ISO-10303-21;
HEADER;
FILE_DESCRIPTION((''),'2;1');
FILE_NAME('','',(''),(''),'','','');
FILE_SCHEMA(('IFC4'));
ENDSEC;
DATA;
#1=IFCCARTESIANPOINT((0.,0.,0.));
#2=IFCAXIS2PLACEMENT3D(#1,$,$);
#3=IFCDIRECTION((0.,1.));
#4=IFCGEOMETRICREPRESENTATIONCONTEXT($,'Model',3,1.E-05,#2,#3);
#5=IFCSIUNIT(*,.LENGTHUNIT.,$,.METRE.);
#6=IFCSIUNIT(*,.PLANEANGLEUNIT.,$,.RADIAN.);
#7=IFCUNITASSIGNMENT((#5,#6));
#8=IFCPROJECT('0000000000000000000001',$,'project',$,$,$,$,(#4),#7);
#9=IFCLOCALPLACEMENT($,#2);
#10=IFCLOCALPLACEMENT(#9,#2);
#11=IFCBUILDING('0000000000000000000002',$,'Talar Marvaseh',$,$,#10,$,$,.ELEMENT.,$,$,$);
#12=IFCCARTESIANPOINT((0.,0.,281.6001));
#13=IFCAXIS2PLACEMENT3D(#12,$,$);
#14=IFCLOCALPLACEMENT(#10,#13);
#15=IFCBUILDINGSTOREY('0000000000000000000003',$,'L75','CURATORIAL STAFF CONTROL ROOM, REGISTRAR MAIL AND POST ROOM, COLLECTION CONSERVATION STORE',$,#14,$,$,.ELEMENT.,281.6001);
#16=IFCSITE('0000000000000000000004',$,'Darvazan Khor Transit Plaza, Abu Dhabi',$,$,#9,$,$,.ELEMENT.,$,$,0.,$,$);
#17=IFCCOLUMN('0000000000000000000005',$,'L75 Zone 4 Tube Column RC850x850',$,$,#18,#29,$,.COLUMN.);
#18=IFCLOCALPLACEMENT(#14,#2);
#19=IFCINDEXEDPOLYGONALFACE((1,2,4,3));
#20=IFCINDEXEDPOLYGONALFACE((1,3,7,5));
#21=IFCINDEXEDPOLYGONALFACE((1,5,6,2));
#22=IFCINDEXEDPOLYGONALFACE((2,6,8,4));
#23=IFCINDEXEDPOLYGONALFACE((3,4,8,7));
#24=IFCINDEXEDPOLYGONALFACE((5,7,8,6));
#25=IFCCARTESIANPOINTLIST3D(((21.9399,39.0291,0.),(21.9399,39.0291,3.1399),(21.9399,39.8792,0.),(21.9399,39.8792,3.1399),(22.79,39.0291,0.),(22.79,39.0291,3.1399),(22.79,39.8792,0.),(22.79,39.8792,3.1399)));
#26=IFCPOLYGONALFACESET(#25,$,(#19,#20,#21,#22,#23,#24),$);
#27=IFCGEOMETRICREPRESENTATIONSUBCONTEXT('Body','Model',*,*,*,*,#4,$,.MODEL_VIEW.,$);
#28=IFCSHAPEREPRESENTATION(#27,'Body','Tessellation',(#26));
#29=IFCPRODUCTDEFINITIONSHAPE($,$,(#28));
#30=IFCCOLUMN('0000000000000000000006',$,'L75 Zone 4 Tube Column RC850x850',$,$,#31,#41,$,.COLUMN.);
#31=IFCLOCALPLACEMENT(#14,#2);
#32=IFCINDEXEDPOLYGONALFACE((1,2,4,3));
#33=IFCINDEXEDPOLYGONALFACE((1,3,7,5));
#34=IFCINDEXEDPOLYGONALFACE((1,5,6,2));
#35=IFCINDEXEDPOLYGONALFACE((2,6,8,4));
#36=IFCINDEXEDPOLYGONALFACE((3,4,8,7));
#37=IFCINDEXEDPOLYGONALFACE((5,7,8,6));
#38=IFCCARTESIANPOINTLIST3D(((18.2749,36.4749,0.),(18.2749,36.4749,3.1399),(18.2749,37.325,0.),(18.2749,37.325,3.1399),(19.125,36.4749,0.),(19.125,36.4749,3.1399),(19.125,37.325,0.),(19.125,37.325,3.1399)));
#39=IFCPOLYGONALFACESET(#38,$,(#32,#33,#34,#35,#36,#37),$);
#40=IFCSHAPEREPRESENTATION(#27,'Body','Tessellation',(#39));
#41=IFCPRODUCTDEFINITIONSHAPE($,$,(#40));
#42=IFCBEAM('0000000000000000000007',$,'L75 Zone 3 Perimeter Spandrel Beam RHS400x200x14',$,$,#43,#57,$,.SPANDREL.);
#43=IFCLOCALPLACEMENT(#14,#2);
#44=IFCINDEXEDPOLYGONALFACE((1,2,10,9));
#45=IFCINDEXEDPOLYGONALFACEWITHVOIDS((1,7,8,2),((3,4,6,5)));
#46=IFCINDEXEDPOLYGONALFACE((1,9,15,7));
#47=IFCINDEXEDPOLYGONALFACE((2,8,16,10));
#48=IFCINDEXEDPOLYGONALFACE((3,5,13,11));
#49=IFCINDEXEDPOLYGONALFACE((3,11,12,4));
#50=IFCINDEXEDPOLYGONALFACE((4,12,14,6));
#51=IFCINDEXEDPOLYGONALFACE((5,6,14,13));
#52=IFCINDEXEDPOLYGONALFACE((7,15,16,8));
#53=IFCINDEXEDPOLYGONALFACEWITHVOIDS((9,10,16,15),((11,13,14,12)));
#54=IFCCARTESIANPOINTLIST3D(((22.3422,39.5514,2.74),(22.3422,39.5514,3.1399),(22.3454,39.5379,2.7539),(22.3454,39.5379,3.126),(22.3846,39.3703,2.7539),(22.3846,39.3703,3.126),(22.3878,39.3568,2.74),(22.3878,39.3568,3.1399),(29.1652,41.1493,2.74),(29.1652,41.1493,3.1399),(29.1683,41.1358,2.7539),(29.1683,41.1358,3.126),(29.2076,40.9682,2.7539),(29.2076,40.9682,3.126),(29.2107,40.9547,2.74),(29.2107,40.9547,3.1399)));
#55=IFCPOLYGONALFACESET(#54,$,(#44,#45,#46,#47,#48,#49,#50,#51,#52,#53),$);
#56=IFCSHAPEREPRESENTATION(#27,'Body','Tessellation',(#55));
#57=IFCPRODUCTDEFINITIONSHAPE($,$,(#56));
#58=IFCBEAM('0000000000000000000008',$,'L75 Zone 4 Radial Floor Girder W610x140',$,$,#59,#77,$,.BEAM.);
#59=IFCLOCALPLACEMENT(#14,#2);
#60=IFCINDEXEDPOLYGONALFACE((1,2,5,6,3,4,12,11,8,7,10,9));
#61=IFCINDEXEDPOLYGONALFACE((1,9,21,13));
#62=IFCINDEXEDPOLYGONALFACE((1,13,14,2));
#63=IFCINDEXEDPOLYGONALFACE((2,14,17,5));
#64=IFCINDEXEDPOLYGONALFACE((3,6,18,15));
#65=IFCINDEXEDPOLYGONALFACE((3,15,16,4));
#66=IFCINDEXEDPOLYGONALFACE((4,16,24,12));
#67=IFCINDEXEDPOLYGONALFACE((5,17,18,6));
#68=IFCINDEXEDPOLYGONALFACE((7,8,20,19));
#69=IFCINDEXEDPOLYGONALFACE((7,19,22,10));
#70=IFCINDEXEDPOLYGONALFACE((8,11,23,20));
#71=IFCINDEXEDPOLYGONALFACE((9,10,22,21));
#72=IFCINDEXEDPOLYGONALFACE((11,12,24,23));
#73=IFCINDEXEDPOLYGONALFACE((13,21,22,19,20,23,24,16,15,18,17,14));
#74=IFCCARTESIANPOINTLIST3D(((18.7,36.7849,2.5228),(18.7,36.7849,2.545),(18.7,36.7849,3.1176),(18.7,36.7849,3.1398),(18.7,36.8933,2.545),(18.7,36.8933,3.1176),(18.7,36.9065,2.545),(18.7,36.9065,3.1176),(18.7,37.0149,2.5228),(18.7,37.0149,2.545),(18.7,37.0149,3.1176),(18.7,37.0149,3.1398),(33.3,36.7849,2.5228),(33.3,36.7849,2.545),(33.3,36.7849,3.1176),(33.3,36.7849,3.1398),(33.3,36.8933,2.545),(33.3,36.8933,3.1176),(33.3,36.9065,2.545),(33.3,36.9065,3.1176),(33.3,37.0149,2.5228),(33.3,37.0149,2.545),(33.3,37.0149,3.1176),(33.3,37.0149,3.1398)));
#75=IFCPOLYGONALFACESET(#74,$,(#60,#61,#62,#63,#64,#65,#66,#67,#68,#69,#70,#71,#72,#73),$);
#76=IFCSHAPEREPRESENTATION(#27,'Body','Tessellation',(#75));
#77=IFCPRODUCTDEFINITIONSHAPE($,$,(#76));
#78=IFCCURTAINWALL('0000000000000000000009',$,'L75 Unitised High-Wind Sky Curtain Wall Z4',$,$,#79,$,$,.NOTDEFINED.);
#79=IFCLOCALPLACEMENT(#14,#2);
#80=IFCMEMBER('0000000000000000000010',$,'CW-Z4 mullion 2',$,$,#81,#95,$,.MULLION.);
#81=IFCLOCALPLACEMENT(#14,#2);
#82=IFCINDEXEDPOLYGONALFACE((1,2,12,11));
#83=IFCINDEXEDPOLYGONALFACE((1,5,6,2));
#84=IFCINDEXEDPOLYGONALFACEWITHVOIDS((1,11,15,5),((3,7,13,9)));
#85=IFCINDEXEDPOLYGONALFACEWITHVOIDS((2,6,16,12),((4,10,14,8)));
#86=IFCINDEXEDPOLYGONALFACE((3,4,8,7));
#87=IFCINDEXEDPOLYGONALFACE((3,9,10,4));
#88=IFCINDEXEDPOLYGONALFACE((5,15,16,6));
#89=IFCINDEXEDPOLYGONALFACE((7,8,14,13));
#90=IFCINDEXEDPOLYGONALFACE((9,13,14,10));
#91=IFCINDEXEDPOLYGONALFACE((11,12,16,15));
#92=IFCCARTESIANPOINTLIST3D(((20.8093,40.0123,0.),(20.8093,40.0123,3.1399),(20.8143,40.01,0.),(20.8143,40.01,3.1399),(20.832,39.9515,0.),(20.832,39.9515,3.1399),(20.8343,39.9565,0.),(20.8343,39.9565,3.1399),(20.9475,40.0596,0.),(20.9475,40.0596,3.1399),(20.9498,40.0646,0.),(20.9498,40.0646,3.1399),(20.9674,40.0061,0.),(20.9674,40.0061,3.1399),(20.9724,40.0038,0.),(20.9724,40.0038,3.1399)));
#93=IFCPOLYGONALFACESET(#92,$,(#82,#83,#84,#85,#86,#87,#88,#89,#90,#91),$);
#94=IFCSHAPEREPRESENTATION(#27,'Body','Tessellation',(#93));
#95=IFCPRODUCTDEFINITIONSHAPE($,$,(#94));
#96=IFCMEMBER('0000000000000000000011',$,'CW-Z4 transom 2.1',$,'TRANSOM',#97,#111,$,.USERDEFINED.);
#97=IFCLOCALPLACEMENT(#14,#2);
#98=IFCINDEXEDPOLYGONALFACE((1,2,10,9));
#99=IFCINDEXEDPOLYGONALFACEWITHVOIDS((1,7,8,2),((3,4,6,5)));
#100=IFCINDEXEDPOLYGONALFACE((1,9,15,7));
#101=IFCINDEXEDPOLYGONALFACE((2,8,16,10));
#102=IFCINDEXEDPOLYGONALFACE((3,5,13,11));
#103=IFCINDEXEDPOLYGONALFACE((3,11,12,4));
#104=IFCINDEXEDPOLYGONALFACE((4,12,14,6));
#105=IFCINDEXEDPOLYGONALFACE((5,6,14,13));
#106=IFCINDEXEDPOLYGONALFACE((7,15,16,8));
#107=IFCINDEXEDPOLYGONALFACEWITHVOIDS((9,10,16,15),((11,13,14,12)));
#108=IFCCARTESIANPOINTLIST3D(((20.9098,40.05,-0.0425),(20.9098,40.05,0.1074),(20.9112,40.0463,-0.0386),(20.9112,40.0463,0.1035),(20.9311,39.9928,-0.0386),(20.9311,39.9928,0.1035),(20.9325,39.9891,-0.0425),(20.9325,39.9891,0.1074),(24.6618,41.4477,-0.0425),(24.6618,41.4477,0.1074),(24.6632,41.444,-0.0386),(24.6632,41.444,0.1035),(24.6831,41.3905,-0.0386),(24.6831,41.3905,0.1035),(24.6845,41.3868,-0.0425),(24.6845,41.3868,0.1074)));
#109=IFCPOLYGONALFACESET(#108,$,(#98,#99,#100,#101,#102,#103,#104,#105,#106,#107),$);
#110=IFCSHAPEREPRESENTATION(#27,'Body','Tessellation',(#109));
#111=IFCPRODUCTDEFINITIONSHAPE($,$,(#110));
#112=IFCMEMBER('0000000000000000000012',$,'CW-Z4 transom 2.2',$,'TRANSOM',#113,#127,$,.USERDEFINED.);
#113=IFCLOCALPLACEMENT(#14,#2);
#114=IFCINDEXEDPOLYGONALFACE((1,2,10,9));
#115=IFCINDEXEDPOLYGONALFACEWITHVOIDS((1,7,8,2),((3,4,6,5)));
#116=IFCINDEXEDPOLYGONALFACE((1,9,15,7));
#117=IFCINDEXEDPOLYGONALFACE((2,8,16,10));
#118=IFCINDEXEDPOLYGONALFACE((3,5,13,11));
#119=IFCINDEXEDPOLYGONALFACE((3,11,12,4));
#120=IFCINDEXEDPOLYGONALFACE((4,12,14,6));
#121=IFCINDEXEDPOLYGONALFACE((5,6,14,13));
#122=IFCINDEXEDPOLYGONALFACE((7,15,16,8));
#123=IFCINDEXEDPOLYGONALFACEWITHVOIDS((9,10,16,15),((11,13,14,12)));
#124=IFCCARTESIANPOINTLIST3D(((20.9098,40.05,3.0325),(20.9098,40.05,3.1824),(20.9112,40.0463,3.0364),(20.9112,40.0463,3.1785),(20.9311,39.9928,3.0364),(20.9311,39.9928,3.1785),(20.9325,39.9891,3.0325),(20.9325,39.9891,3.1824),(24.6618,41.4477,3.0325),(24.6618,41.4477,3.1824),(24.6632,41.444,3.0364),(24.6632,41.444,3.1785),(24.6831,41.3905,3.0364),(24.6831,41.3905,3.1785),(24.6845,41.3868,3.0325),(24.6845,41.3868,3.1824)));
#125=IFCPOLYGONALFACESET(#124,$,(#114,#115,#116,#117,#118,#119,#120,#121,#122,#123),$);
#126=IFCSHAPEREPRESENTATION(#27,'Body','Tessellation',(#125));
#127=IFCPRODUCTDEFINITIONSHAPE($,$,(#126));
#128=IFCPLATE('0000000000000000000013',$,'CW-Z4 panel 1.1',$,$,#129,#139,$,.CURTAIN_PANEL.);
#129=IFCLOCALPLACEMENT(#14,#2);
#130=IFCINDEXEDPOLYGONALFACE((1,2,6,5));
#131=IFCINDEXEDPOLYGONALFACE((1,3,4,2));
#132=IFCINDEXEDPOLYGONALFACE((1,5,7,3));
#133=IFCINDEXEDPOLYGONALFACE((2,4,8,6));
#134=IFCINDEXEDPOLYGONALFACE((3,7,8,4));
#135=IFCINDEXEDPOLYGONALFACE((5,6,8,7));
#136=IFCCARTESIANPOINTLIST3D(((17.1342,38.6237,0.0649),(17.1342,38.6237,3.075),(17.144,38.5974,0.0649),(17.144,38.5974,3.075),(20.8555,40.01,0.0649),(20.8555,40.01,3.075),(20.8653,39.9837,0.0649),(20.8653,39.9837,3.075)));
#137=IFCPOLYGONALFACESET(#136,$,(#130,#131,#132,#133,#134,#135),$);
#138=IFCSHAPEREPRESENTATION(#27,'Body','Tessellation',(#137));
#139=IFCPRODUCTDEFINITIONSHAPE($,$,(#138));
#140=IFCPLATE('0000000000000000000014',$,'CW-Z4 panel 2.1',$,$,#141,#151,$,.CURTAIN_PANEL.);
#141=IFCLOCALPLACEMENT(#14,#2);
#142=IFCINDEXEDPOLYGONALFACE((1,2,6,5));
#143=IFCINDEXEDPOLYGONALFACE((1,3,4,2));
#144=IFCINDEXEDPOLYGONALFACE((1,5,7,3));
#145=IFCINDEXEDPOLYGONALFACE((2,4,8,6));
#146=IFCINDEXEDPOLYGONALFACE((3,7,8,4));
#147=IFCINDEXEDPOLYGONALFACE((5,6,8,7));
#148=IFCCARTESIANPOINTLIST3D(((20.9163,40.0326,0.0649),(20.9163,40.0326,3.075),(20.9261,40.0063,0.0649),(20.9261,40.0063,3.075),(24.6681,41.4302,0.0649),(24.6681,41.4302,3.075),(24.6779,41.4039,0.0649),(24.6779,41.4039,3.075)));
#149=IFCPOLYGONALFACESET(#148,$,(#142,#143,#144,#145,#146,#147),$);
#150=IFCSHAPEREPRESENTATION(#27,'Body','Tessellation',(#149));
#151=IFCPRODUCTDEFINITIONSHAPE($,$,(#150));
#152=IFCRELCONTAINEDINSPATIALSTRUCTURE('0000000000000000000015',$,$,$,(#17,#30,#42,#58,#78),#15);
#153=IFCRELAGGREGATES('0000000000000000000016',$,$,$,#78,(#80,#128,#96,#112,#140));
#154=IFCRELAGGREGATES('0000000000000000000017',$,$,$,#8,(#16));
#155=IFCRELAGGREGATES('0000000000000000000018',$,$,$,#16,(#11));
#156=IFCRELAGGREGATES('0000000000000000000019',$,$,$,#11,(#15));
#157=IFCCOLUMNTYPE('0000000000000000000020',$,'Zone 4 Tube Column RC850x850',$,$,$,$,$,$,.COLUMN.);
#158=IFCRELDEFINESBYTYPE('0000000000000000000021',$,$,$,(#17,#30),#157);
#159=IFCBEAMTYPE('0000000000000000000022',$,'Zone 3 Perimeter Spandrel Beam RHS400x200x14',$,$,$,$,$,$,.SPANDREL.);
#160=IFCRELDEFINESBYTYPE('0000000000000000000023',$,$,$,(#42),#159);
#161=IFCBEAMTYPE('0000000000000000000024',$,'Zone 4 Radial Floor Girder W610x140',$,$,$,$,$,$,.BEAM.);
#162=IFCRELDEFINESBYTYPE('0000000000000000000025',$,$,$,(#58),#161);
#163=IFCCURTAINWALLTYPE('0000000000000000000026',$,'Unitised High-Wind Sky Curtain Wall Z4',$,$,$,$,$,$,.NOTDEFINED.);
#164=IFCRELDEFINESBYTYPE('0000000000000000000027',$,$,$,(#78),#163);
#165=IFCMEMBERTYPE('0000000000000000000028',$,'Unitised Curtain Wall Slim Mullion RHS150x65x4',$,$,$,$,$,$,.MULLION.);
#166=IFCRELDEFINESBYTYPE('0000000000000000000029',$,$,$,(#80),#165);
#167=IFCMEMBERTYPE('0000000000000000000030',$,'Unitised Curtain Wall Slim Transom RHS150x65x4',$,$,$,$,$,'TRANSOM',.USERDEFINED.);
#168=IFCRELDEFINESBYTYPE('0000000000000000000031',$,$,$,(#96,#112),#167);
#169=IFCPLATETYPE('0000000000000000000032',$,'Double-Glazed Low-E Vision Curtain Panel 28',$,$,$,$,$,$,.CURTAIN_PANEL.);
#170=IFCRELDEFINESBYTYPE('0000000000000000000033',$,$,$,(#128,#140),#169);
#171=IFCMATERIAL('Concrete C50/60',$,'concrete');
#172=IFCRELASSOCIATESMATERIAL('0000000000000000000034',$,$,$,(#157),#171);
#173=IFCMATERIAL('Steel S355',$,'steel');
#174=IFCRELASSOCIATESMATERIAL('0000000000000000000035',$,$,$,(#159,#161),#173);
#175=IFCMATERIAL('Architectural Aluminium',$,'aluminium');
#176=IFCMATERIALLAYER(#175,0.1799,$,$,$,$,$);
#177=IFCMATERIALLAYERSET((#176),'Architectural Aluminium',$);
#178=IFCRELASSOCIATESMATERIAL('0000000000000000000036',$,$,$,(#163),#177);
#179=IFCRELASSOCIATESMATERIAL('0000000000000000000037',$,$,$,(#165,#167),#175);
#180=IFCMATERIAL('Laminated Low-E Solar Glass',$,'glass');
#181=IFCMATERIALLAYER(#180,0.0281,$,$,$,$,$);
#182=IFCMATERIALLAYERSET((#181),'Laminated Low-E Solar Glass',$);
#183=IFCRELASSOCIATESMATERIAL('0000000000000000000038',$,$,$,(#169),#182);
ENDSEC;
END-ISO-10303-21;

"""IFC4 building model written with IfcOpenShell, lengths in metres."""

from ifc_helpers import new_model, si_unit, direction, frame, origin, origin_2d, place, context, subcontext, project, spatial, rectangle, hollow_rectangle, i_section, extrude, source, transform, mapped, material, layer, layer_set, material_profile, profile_set, type_object, type_shapes, element, aggregate, save


model = new_model("IFC4")

# Units and contexts
model_context = context("Model", 3, precision=1e-05, world=origin(), true_north=direction((0.0, 1.0)))
body_context = subcontext(model_context, "Body", "Model", "MODEL_VIEW")
ifc_project = project(units=[si_unit("LENGTHUNIT", "METRE"), si_unit("PLANEANGLEUNIT", "RADIAN")], contexts=[model_context])

# Site, building, storey
site_placement = place(None, origin())
site = spatial("IfcSite", under=ifc_project, at=site_placement, Name="Darvazan Khor Transit Plaza, Abu Dhabi", CompositionType="ELEMENT", RefElevation=0.0)
building_placement = place(site_placement, origin())
building = spatial("IfcBuilding", under=site, at=building_placement, Name="Talar Marvaseh", CompositionType="ELEMENT")
storey_placement = place(building_placement, frame((0.0, 0.0, 281.6001)))
storey = spatial("IfcBuildingStorey", under=building, at=storey_placement, Name="L75", Description="CURATORIAL STAFF CONTROL ROOM, REGISTRAR MAIL AND POST ROOM, COLLECTION CONSERVATION STORE", CompositionType="ELEMENT", Elevation=281.6001)

# Columns
ifc_material_1 = material(Name="Concrete C50/60", Category="concrete")
ifc_material_profile_1 = material_profile(ifc_material_1, rectangle(XDim=0.8501, YDim=0.8501, at=origin_2d()), Name="RC850x850")
ifc_profile_set_1 = profile_set([ifc_material_profile_1], Name="Concrete C50/60")
column_type = type_object("IfcColumnType", Name="Zone 4 Tube Column RC850x850", PredefinedType="COLUMN", material=ifc_profile_set_1)
for number, where, z_axis, x_axis, name in (
    (1, (22.365, 39.4541, 0.0), (0.0, 0.0, 1.0), (1.0, 0.0, 0.0), "L75 Zone 4 Tube Column RC850x850"),
    (2, (18.7, 36.8999, 0.0), (0.0, 0.0, 1.0), (1.0, 0.0, 0.0), "L75 Zone 4 Tube Column RC850x850"),
):
    element("IfcColumn", number, at=place(storey_placement, frame(where, z_axis=z_axis, x_axis=x_axis)), inside=storey, type_object=column_type, Name=name, PredefinedType="COLUMN", context=body_context, shape_type="SweptSolid", body=[
        extrude(rectangle(XDim=0.8501, YDim=0.8501, at=origin_2d()), origin(), (0.0, 0.0, 1.0), 3.1399),
    ])

# Beams
ifc_material_2 = material(Name="Steel S355", Category="steel")
ifc_material_profile_2 = material_profile(ifc_material_2, hollow_rectangle(XDim=0.2, YDim=0.3999, WallThickness=0.0139, at=origin_2d()), Name="RHS400x200x14")
ifc_profile_set_2 = profile_set([ifc_material_profile_2], Name="Steel S355")
beam_type_1 = type_object("IfcBeamType", Name="Zone 3 Perimeter Spandrel Beam RHS400x200x14", PredefinedType="SPANDREL", material=ifc_profile_set_2)
beam_1_placement = place(storey_placement, frame((22.365, 39.4541, 2.9399), z_axis=(0.973656, 0.228024, 0.0), x_axis=(-0.228024, 0.973656, 0.0)))
element("IfcBeam", 3, at=beam_1_placement, inside=storey, type_object=beam_type_1, Name="L75 Zone 3 Perimeter Spandrel Beam RHS400x200x14", PredefinedType="SPANDREL", context=body_context, shape_type="SweptSolid", body=[
    extrude(hollow_rectangle(XDim=0.2, YDim=0.3999, WallThickness=0.0139, at=origin_2d()), origin(), (0.0, 0.0, 1.0), 7.0076),
])
ifc_material_profile_3 = material_profile(ifc_material_2, i_section(OverallWidth=0.23, OverallDepth=0.6169, WebThickness=0.0132, FlangeThickness=0.0222, at=origin_2d()), Name="W610x140")
ifc_profile_set_3 = profile_set([ifc_material_profile_3], Name="Steel S355")
beam_type_2 = type_object("IfcBeamType", Name="Zone 4 Radial Floor Girder W610x140", PredefinedType="BEAM", material=ifc_profile_set_3)
beam_2_placement = place(storey_placement, frame((18.7, 36.8999, 2.8313), z_axis=(1.0, 0.0, 0.0), x_axis=(0.0, 1.0, 0.0)))
element("IfcBeam", 4, at=beam_2_placement, inside=storey, type_object=beam_type_2, Name="L75 Zone 4 Radial Floor Girder W610x140", PredefinedType="BEAM", context=body_context, shape_type="SweptSolid", body=[
    extrude(i_section(OverallWidth=0.23, OverallDepth=0.6169, WebThickness=0.0132, FlangeThickness=0.0222, at=origin_2d()), origin(), (0.0, 0.0, 1.0), 14.6001),
])

# Curtain wall, members, plates
ifc_material_3 = material(Name="Architectural Aluminium", Category="aluminium")
ifc_layer_1 = layer(ifc_material_3, 0.1799)
ifc_layer_set_1 = layer_set([ifc_layer_1], Name="Architectural Aluminium")
curtain_wall_type = type_object("IfcCurtainWallType", Name="Unitised High-Wind Sky Curtain Wall Z4", PredefinedType="NOTDEFINED", material=ifc_layer_set_1)
curtain_wall_placement = place(storey_placement, origin())
curtain_wall = element("IfcCurtainWall", 5, at=curtain_wall_placement, inside=storey, type_object=curtain_wall_type, Name="L75 Unitised High-Wind Sky Curtain Wall Z4", PredefinedType="NOTDEFINED")
ifc_material_profile_4 = material_profile(ifc_material_3, hollow_rectangle(XDim=0.0649, YDim=0.1499, WallThickness=0.0039, at=origin_2d()), Name="RHS150x65x4")
ifc_profile_set_4 = profile_set([ifc_material_profile_4], Name="Architectural Aluminium")
member_type_1 = type_object("IfcMemberType", Name="Unitised Curtain Wall Slim Mullion RHS150x65x4", PredefinedType="MULLION", material=ifc_profile_set_4)
shared_shape_1 = source(origin(), body_context, "Body", "SweptSolid", [
    extrude(hollow_rectangle(XDim=0.0649, YDim=0.1499, WallThickness=0.0039, at=origin_2d()), origin(), (0.0, 0.0, 1.0), 3.1399),
])
type_shapes(member_type_1, [shared_shape_1])
member_1_placement = place(storey_placement, frame((20.8909, 40.0081, 0.0), z_axis=(0.0, 0.0, 1.0), x_axis=(-0.349094, 0.937088, 0.0)))
member_1 = element("IfcMember", 6, at=member_1_placement, type_object=member_type_1, Name="CW-Z4 mullion 2", PredefinedType="MULLION", context=body_context, shape_type="MappedRepresentation", body=[
    mapped(shared_shape_1, transform((0.0, 0.0, 0.0), x_axis=(1.0, 0.0, 0.0), y_axis=(0.0, 1.0, 0.0), z_axis=(0.0, 0.0, 1.0), scale=1.0)),
])
ifc_material_profile_5 = material_profile(ifc_material_3, hollow_rectangle(XDim=0.0649, YDim=0.1499, WallThickness=0.0039, at=origin_2d()), Name="RHS150x65x4")
ifc_profile_set_5 = profile_set([ifc_material_profile_5], Name="Architectural Aluminium")
member_type_2 = type_object("IfcMemberType", Name="Unitised Curtain Wall Slim Transom RHS150x65x4", ElementType="TRANSOM", PredefinedType="USERDEFINED", material=ifc_profile_set_5)
shared_shape_2 = source(origin(), body_context, "Body", "SweptSolid", [
    extrude(hollow_rectangle(XDim=0.0649, YDim=0.1499, WallThickness=0.0039, at=origin_2d()), origin(), (0.0, 0.0, 1.0), 4.0039),
])
type_shapes(member_type_2, [shared_shape_2])
member_2_placement = place(storey_placement, frame((20.9211, 40.0195, 0.0325), z_axis=(0.937089, 0.349091, 0.0), x_axis=(-0.349091, 0.937089, 0.0)))
member_2 = element("IfcMember", 7, at=member_2_placement, type_object=member_type_2, Name="CW-Z4 transom 2.1", ObjectType="TRANSOM", PredefinedType="USERDEFINED", context=body_context, shape_type="MappedRepresentation", body=[
    mapped(shared_shape_2, transform((0.0, 0.0, 0.0), x_axis=(1.0, 0.0, 0.0), y_axis=(0.0, 1.0, 0.0), z_axis=(0.0, 0.0, 1.0), scale=1.0)),
])
member_3_placement = place(storey_placement, frame((20.9211, 40.0195, 3.1074), z_axis=(0.937089, 0.349091, 0.0), x_axis=(-0.349091, 0.937089, 0.0)))
member_3 = element("IfcMember", 8, at=member_3_placement, type_object=member_type_2, Name="CW-Z4 transom 2.2", ObjectType="TRANSOM", PredefinedType="USERDEFINED", context=body_context, shape_type="MappedRepresentation", body=[
    mapped(shared_shape_2, transform((0.0, 0.0, 0.0), x_axis=(1.0, 0.0, 0.0), y_axis=(0.0, 1.0, 0.0), z_axis=(0.0, 0.0, 1.0), scale=1.0)),
])
ifc_material_4 = material(Name="Laminated Low-E Solar Glass", Category="glass")
ifc_layer_2 = layer(ifc_material_4, 0.0281)
ifc_layer_set_2 = layer_set([ifc_layer_2], Name="Laminated Low-E Solar Glass")
plate_type = type_object("IfcPlateType", Name="Double-Glazed Low-E Vision Curtain Panel 28", PredefinedType="CURTAIN_PANEL", material=ifc_layer_set_2)
shared_shape_3 = source(origin(), body_context, "Body", "SweptSolid", [
    extrude(rectangle(XDim=3.9712, YDim=0.0281, at=origin_2d()), origin(), (0.0, 0.0, 1.0), 3.01),
])
plate_1_placement = place(storey_placement, frame((18.9998, 39.3037, 0.0649), z_axis=(0.0, 0.0, 1.0), x_axis=(0.937088, 0.349094, 0.0)))
plate_1 = element("IfcPlate", 9, at=plate_1_placement, type_object=plate_type, Name="CW-Z4 panel 1.1", PredefinedType="CURTAIN_PANEL", context=body_context, shape_type="MappedRepresentation", body=[
    mapped(shared_shape_3, transform((0.0, 0.0, 0.0), x_axis=(1.0, 0.0, 0.0), y_axis=(0.0, 1.0, 0.0), z_axis=(0.0, 0.0, 1.0), scale=1.0)),
])
shared_shape_4 = source(origin(), body_context, "Body", "SweptSolid", [
    extrude(rectangle(XDim=4.0037, YDim=0.0281, at=origin_2d()), origin(), (0.0, 0.0, 1.0), 3.01),
])
type_shapes(plate_type, [shared_shape_3, shared_shape_4])
plate_2_placement = place(storey_placement, frame((22.7971, 40.7183, 0.0649), z_axis=(0.0, 0.0, 1.0), x_axis=(0.937088, 0.349094, 0.0)))
plate_2 = element("IfcPlate", 10, at=plate_2_placement, type_object=plate_type, Name="CW-Z4 panel 2.1", PredefinedType="CURTAIN_PANEL", context=body_context, shape_type="MappedRepresentation", body=[
    mapped(shared_shape_4, transform((0.0, 0.0, 0.0), x_axis=(1.0, 0.0, 0.0), y_axis=(0.0, 1.0, 0.0), z_axis=(0.0, 0.0, 1.0), scale=1.0)),
])
aggregate(curtain_wall, [member_1, plate_1, member_2, member_3, plate_2])

save(model, "model.ifc")
